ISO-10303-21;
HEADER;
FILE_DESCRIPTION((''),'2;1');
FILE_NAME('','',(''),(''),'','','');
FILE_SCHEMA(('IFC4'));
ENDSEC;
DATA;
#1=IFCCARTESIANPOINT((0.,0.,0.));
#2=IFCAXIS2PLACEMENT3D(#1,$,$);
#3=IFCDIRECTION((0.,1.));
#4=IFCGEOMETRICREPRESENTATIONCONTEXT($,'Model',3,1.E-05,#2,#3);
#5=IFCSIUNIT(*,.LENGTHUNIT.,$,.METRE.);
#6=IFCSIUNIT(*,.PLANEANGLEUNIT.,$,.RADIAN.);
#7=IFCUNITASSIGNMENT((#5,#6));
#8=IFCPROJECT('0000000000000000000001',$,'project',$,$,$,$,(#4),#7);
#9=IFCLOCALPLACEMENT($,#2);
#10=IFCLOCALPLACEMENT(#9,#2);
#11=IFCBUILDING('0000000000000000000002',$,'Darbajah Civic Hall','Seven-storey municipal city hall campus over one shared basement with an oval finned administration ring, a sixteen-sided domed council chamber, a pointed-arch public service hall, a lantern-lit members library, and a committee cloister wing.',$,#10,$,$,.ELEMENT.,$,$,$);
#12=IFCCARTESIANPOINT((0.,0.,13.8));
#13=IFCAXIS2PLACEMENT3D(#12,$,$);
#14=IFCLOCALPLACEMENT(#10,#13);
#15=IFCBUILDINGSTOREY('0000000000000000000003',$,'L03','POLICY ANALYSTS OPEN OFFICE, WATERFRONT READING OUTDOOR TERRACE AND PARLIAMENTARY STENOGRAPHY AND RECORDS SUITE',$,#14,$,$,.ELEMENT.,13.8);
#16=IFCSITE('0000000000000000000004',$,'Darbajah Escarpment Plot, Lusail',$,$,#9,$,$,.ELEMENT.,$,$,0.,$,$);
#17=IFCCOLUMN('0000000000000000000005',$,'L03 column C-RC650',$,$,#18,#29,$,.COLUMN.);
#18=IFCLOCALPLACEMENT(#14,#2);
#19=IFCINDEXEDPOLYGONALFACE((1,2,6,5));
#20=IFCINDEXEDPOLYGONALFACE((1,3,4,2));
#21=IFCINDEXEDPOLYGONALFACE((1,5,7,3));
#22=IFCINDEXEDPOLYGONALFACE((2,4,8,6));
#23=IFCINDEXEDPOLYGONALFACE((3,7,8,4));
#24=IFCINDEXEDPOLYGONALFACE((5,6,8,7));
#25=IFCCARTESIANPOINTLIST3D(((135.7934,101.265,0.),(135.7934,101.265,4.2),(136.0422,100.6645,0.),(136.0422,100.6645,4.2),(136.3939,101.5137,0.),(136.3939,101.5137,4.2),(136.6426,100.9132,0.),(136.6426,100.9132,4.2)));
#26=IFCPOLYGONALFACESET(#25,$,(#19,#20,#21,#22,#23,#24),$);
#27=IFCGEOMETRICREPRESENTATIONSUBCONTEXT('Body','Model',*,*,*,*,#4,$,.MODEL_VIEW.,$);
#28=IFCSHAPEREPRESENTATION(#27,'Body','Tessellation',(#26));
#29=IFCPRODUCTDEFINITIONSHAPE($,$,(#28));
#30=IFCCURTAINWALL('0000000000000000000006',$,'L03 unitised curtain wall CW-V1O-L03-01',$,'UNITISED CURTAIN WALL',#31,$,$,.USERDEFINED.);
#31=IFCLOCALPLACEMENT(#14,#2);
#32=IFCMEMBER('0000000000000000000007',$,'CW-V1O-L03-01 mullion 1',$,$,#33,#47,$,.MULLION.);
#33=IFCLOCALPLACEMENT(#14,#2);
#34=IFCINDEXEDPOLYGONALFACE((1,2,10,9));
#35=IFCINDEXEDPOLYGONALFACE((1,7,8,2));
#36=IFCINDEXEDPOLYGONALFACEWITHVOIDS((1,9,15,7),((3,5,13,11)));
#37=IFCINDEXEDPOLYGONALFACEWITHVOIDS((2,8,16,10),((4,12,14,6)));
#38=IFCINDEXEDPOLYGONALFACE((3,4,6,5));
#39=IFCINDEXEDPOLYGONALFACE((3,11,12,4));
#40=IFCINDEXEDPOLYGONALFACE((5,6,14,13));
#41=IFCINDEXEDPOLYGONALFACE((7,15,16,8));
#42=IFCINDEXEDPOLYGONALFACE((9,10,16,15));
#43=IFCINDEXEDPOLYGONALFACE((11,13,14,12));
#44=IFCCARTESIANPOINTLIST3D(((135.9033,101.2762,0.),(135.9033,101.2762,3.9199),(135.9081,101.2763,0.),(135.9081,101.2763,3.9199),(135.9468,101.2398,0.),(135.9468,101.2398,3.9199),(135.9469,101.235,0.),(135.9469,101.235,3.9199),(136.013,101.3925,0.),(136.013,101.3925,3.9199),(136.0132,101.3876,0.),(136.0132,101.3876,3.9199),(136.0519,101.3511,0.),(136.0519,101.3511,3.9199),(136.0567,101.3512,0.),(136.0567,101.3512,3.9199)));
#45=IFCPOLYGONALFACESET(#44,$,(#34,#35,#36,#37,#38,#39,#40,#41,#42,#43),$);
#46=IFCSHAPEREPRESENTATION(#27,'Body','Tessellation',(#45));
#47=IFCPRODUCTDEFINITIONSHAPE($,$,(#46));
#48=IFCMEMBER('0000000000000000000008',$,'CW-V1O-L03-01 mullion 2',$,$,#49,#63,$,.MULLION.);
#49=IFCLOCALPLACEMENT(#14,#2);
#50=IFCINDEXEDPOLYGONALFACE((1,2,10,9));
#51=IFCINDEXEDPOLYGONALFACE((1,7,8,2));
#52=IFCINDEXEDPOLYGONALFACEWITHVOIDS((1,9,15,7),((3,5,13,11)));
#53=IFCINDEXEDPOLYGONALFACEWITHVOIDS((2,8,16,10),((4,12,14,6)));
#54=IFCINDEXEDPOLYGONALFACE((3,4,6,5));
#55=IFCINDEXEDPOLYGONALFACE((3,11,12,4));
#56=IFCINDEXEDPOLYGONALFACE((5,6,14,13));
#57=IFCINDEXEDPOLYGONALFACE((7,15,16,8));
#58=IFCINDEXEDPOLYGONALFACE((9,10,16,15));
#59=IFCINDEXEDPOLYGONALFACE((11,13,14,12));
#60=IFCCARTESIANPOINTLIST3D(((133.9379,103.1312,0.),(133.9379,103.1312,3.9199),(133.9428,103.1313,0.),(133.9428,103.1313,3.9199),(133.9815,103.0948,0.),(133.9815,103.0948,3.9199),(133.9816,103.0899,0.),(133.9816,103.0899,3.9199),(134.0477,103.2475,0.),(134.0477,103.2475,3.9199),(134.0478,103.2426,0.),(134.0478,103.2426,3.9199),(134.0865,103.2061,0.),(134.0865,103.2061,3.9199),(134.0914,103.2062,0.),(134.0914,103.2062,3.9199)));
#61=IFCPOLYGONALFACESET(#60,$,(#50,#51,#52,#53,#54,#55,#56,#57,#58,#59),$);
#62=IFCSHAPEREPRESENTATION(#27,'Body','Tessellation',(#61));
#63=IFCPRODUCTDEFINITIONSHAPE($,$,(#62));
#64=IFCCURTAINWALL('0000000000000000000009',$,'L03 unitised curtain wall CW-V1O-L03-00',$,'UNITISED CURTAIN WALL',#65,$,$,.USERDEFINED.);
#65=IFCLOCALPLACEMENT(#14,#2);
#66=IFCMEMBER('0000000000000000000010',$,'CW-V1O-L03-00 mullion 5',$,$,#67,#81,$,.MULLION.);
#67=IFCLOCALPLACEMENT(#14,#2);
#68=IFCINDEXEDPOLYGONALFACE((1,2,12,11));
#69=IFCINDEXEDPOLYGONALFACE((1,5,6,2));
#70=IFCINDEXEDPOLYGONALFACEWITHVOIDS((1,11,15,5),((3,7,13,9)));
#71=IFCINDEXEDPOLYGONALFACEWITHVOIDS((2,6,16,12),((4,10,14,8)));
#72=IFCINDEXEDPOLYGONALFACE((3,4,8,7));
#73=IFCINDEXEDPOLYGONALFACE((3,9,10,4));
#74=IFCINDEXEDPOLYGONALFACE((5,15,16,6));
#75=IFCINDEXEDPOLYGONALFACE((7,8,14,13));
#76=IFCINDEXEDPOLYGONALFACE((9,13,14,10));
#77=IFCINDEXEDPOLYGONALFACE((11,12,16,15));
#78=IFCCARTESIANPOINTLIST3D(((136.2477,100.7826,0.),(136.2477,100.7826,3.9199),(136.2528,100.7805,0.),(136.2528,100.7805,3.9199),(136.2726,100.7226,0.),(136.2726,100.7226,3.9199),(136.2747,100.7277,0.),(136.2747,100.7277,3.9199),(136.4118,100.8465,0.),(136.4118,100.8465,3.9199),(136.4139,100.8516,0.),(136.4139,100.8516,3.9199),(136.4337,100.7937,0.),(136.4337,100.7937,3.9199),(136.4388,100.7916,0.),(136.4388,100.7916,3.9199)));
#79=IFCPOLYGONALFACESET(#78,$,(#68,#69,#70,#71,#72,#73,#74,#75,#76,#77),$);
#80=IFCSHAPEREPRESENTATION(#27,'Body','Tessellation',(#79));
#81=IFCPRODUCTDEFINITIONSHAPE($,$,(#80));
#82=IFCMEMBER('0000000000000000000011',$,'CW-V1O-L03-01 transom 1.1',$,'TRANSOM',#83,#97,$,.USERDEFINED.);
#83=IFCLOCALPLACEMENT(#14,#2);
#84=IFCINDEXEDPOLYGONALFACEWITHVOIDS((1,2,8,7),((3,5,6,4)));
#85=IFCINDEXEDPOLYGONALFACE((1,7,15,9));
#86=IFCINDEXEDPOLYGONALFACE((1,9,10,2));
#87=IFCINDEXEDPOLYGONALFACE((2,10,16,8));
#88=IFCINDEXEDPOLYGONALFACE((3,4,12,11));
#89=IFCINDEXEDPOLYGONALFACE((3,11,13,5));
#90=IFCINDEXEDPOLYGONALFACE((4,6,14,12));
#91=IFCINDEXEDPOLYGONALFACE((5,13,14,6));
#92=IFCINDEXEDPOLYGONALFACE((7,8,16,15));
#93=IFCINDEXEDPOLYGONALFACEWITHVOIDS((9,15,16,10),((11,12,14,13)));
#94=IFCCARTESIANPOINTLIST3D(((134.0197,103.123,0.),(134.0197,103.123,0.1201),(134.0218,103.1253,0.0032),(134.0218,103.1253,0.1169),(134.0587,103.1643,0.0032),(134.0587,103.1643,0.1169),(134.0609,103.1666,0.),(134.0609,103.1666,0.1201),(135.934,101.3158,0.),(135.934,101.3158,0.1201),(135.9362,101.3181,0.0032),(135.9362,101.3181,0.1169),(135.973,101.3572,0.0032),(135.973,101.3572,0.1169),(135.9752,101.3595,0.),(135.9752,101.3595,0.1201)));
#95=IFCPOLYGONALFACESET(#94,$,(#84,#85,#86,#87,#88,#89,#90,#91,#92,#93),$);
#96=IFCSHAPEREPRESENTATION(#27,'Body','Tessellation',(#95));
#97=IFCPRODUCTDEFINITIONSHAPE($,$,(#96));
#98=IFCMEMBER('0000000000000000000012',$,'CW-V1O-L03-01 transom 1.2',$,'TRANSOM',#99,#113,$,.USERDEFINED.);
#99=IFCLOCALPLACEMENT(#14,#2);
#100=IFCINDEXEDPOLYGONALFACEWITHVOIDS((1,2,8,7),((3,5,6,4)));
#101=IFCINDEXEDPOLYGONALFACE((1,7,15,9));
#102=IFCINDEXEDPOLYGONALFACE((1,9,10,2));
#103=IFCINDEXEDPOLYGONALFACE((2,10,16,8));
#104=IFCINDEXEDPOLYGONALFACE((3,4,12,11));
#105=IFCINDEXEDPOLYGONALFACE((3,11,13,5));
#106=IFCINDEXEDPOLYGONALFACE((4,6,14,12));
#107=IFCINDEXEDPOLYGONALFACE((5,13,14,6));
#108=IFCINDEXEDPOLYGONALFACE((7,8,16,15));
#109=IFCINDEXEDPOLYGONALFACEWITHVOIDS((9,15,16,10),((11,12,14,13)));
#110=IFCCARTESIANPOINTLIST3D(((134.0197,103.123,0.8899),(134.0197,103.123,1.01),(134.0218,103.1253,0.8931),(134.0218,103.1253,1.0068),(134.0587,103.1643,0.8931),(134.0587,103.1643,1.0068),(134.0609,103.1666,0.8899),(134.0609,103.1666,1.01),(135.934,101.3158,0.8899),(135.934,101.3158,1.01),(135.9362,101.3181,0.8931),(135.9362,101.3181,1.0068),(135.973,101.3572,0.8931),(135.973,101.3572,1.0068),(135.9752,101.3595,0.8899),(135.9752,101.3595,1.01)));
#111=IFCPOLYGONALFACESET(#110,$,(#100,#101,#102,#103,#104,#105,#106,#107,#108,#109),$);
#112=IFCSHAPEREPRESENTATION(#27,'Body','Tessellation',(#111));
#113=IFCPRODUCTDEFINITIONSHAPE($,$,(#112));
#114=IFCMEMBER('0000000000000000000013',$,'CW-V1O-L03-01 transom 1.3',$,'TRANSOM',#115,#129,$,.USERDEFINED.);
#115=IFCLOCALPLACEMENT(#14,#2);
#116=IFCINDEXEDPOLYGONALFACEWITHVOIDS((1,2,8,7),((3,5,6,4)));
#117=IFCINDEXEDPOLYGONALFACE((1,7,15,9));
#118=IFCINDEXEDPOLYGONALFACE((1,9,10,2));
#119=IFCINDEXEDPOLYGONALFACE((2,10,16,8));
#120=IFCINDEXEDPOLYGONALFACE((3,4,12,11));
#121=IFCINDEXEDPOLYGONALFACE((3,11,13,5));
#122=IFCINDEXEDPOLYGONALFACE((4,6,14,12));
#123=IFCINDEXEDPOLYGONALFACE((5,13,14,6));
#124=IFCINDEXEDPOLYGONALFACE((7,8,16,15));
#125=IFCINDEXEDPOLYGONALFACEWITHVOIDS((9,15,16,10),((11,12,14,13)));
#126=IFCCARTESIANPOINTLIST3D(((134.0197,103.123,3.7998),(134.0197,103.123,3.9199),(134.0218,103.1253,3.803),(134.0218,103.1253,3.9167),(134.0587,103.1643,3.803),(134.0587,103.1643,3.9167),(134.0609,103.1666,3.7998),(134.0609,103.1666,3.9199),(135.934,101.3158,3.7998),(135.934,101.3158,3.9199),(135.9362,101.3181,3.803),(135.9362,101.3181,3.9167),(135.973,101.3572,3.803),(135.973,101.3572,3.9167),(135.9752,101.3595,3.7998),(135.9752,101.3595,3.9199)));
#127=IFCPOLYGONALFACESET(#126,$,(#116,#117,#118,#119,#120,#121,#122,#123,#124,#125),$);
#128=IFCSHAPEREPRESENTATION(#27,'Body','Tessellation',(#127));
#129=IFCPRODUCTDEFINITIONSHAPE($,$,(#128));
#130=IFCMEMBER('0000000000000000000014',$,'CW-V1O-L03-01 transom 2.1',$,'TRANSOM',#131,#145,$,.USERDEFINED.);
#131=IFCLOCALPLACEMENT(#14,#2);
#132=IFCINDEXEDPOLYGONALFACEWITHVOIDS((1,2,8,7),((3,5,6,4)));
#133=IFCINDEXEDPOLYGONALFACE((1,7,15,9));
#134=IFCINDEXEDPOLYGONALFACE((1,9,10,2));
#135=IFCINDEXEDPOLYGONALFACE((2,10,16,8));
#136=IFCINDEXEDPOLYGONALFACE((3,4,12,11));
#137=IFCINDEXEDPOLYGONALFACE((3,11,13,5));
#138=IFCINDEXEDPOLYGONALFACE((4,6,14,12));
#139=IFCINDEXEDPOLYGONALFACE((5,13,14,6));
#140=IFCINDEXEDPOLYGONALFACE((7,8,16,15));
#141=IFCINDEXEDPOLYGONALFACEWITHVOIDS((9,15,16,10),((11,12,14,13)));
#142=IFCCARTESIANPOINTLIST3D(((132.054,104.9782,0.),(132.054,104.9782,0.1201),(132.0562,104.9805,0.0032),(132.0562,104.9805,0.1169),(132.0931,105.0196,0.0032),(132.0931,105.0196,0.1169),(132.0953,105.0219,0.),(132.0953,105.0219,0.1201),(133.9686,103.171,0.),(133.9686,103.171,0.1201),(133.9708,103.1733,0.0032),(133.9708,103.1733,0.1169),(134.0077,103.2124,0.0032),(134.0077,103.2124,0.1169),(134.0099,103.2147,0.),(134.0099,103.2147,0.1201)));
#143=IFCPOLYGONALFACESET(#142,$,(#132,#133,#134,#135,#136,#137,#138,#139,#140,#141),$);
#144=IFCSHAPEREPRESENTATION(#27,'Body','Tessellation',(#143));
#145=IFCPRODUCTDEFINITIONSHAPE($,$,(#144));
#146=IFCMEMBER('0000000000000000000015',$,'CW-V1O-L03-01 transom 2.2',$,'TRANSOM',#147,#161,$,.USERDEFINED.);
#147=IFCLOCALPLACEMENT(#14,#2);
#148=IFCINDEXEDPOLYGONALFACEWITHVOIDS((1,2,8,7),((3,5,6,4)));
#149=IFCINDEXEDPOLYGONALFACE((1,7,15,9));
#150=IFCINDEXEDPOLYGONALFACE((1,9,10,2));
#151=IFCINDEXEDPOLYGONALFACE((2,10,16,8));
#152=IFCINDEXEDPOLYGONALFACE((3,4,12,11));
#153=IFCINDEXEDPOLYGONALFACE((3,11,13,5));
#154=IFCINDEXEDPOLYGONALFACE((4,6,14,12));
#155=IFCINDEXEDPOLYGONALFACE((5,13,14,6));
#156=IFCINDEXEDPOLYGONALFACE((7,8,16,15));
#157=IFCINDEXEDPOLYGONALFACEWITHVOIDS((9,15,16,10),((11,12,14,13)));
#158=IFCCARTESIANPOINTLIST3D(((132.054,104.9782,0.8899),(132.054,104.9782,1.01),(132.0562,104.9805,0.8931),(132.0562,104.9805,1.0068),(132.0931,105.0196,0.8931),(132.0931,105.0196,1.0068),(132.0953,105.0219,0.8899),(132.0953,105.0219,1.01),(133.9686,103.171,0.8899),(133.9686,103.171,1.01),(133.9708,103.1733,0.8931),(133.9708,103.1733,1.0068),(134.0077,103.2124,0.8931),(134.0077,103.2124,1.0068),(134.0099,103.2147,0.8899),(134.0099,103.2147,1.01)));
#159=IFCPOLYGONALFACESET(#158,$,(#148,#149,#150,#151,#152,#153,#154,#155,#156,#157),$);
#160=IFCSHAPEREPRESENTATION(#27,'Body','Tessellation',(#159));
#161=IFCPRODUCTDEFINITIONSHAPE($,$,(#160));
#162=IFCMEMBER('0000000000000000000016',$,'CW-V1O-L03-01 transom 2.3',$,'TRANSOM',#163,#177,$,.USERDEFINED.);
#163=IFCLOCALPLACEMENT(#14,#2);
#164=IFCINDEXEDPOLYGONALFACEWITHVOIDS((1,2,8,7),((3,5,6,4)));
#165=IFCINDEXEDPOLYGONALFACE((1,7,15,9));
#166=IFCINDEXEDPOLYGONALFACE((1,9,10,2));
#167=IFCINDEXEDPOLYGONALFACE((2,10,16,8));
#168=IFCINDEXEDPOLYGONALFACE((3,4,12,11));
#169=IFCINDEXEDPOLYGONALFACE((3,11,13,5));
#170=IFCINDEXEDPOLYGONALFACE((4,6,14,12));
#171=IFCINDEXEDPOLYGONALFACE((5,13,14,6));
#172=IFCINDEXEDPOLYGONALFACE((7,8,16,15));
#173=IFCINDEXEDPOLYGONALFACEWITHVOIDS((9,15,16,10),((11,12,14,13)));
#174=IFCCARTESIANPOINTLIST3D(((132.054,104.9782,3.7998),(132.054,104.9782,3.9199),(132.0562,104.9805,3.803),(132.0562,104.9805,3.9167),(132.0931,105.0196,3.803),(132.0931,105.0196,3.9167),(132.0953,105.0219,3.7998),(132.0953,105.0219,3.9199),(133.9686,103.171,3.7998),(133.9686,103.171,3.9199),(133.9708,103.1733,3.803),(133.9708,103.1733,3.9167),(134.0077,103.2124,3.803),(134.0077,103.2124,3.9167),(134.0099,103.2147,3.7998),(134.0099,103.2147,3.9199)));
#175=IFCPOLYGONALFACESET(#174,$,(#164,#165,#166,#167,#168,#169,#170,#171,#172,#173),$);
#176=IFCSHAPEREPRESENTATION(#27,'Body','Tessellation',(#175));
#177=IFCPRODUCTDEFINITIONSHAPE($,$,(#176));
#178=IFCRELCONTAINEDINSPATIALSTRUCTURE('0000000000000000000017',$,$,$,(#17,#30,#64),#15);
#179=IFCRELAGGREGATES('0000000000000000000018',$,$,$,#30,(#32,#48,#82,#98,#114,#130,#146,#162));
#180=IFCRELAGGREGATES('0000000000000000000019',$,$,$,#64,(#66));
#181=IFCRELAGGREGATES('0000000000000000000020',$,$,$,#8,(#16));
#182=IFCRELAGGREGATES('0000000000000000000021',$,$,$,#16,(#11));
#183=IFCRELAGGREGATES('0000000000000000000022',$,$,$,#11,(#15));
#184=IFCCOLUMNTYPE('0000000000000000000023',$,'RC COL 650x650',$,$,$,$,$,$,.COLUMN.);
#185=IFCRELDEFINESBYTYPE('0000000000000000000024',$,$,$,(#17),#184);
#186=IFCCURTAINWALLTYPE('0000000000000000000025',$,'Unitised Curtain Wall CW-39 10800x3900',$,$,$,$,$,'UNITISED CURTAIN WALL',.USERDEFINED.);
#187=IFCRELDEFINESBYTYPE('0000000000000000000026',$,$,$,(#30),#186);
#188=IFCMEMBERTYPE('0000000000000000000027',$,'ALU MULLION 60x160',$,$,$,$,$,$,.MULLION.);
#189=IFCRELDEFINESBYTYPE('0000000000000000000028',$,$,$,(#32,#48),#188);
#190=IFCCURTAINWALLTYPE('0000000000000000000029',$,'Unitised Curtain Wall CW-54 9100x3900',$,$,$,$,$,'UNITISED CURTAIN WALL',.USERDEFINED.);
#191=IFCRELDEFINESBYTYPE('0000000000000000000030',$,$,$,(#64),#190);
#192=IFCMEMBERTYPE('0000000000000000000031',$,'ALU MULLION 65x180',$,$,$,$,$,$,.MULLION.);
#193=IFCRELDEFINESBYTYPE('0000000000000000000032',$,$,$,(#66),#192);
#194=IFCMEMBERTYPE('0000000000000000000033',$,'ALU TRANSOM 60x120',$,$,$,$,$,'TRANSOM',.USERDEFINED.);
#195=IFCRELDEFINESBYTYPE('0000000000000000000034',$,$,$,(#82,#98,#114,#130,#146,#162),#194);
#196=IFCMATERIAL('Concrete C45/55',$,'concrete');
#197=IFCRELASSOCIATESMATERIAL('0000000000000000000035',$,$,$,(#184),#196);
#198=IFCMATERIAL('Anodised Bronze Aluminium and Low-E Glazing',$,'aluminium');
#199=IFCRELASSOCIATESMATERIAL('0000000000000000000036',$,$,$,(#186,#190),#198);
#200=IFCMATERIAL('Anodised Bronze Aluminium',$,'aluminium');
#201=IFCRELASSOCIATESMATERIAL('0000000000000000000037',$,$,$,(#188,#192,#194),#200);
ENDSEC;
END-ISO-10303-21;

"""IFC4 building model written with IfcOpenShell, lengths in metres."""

from ifc_helpers import new_model, si_unit, direction, frame, origin, origin_2d, place, context, subcontext, project, spatial, rectangle, hollow_rectangle, extrude, material, material_profile, profile_set, type_object, element, aggregate, save


model = new_model("IFC4")

# Units and contexts
model_context = context("Model", 3, precision=1e-05, world=origin(), true_north=direction((0.0, 1.0)))
body_context = subcontext(model_context, "Body", "Model", "MODEL_VIEW")
ifc_project = project(units=[si_unit("LENGTHUNIT", "METRE"), si_unit("PLANEANGLEUNIT", "RADIAN")], contexts=[model_context])

# Site, building, storey
site_placement = place(None, origin())
site = spatial("IfcSite", under=ifc_project, at=site_placement, Name="Darbajah Escarpment Plot, Lusail", CompositionType="ELEMENT", RefElevation=0.0)
building_placement = place(site_placement, origin())
building = spatial("IfcBuilding", under=site, at=building_placement, Name="Darbajah Civic Hall", Description="Seven-storey municipal city hall campus over one shared basement with an oval finned administration ring, a sixteen-sided domed council chamber, a pointed-arch public service hall, a lantern-lit members library, and a committee cloister wing.", CompositionType="ELEMENT")
storey_placement = place(building_placement, frame((0.0, 0.0, 13.8)))
storey = spatial("IfcBuildingStorey", under=building, at=storey_placement, Name="L03", Description="POLICY ANALYSTS OPEN OFFICE, WATERFRONT READING OUTDOOR TERRACE AND PARLIAMENTARY STENOGRAPHY AND RECORDS SUITE", CompositionType="ELEMENT", Elevation=13.8)

# Column
ifc_material_1 = material(Name="Concrete C45/55", Category="concrete")
ifc_material_profile_1 = material_profile(ifc_material_1, rectangle(XDim=0.6499, YDim=0.6499, at=origin_2d()), Name="RC COL 650x650")
ifc_profile_set_1 = profile_set([ifc_material_profile_1], Name="Concrete C45/55")
column_type = type_object("IfcColumnType", Name="RC COL 650x650", PredefinedType="COLUMN", material=ifc_profile_set_1)
column_placement = place(storey_placement, frame((136.218, 101.0891, 0.0), z_axis=(0.0, 0.0, 1.0), x_axis=(0.92388, 0.382683, 0.0)))
element("IfcColumn", 1, at=column_placement, inside=storey, type_object=column_type, Name="L03 column C-RC650", PredefinedType="COLUMN", context=body_context, shape_type="SweptSolid", body=[
    extrude(rectangle(XDim=0.6499, YDim=0.6499, at=origin_2d()), origin(), (0.0, 0.0, 1.0), 4.2),
])

# Curtain wall, members
ifc_material_2 = material(Name="Anodised Bronze Aluminium and Low-E Glazing", Category="aluminium")
curtain_wall_type_1 = type_object("IfcCurtainWallType", Name="Unitised Curtain Wall CW-39 10800x3900", ElementType="UNITISED CURTAIN WALL", PredefinedType="USERDEFINED", material=ifc_material_2)
curtain_wall_1_placement = place(storey_placement, origin())
curtain_wall_1 = element("IfcCurtainWall", 2, at=curtain_wall_1_placement, inside=storey, type_object=curtain_wall_type_1, Name="L03 unitised curtain wall CW-V1O-L03-01", ObjectType="UNITISED CURTAIN WALL", PredefinedType="USERDEFINED")
ifc_material_3 = material(Name="Anodised Bronze Aluminium", Category="aluminium")
ifc_material_profile_2 = material_profile(ifc_material_3, hollow_rectangle(XDim=0.0601, YDim=0.1599, WallThickness=0.0034, at=origin_2d()), Name="ALU MULLION 60x160")
ifc_profile_set_2 = profile_set([ifc_material_profile_2], Name="Anodised Bronze Aluminium")
member_type_1 = type_object("IfcMemberType", Name="ALU MULLION 60x160", PredefinedType="MULLION", material=ifc_profile_set_2)
member_1_placement = place(storey_placement, frame((135.98, 101.3137, 0.0), z_axis=(0.0, 0.0, 1.0), x_axis=(-0.727174, 0.686453, 0.0)))
member_1 = element("IfcMember", 3, at=member_1_placement, type_object=member_type_1, Name="CW-V1O-L03-01 mullion 1", PredefinedType="MULLION", context=body_context, shape_type="SweptSolid", body=[
    extrude(hollow_rectangle(XDim=0.0601, YDim=0.1599, WallThickness=0.0034, at=origin_2d()), origin(), (0.0, 0.0, 1.0), 3.9199),
])
member_2_placement = place(storey_placement, frame((134.0146, 103.1687, 0.0), z_axis=(0.0, 0.0, 1.0), x_axis=(-0.727174, 0.686453, 0.0)))
member_2 = element("IfcMember", 4, at=member_2_placement, type_object=member_type_1, Name="CW-V1O-L03-01 mullion 2", PredefinedType="MULLION", context=body_context, shape_type="SweptSolid", body=[
    extrude(hollow_rectangle(XDim=0.0601, YDim=0.1599, WallThickness=0.0034, at=origin_2d()), origin(), (0.0, 0.0, 1.0), 3.9199),
])

# Curtain wall, member
curtain_wall_type_2 = type_object("IfcCurtainWallType", Name="Unitised Curtain Wall CW-54 9100x3900", ElementType="UNITISED CURTAIN WALL", PredefinedType="USERDEFINED", material=ifc_material_2)
curtain_wall_2_placement = place(storey_placement, origin())
curtain_wall_2 = element("IfcCurtainWall", 5, at=curtain_wall_2_placement, inside=storey, type_object=curtain_wall_type_2, Name="L03 unitised curtain wall CW-V1O-L03-00", ObjectType="UNITISED CURTAIN WALL", PredefinedType="USERDEFINED")
ifc_material_profile_3 = material_profile(ifc_material_3, hollow_rectangle(XDim=0.0649, YDim=0.1799, WallThickness=0.0039, at=origin_2d()), Name="ALU MULLION 65x180")
ifc_profile_set_3 = profile_set([ifc_material_profile_3], Name="Anodised Bronze Aluminium")
member_type_2 = type_object("IfcMemberType", Name="ALU MULLION 65x180", PredefinedType="MULLION", material=ifc_profile_set_3)
member_3_placement = place(storey_placement, frame((136.3433, 100.7871, 0.0), z_axis=(0.0, 0.0, 1.0), x_axis=(-0.383328, 0.923612, 0.0)))
member_3 = element("IfcMember", 6, at=member_3_placement, type_object=member_type_2, Name="CW-V1O-L03-00 mullion 5", PredefinedType="MULLION", context=body_context, shape_type="SweptSolid", body=[
    extrude(hollow_rectangle(XDim=0.0649, YDim=0.1799, WallThickness=0.0039, at=origin_2d()), origin(), (0.0, 0.0, 1.0), 3.9199),
])

# Members
ifc_material_profile_4 = material_profile(ifc_material_3, hollow_rectangle(XDim=0.0601, YDim=0.1201, WallThickness=0.0032, at=origin_2d()), Name="ALU TRANSOM 60x120")
ifc_profile_set_4 = profile_set([ifc_material_profile_4], Name="Anodised Bronze Aluminium")
member_type_3 = type_object("IfcMemberType", Name="ALU TRANSOM 60x120", ElementType="TRANSOM", PredefinedType="USERDEFINED", material=ifc_profile_set_4)
member_4_placement = place(storey_placement, frame((135.9546, 101.3376, 0.0601), z_axis=(-0.72717, 0.686457, 0.0), x_axis=(-0.686457, -0.72717, 0.0)))
member_4 = element("IfcMember", 7, at=member_4_placement, type_object=member_type_3, Name="CW-V1O-L03-01 transom 1.1", ObjectType="TRANSOM", PredefinedType="USERDEFINED", context=body_context, shape_type="SweptSolid", body=[
    extrude(hollow_rectangle(XDim=0.0601, YDim=0.1201, WallThickness=0.0032, at=origin_2d()), origin(), (0.0, 0.0, 1.0), 2.6326),
])
member_5_placement = place(storey_placement, frame((135.9546, 101.3376, 0.95), z_axis=(-0.72717, 0.686457, 0.0), x_axis=(-0.686457, -0.72717, 0.0)))
member_5 = element("IfcMember", 8, at=member_5_placement, type_object=member_type_3, Name="CW-V1O-L03-01 transom 1.2", ObjectType="TRANSOM", PredefinedType="USERDEFINED", context=body_context, shape_type="SweptSolid", body=[
    extrude(hollow_rectangle(XDim=0.0601, YDim=0.1201, WallThickness=0.0032, at=origin_2d()), origin(), (0.0, 0.0, 1.0), 2.6326),
])
member_6_placement = place(storey_placement, frame((135.9546, 101.3376, 3.8599), z_axis=(-0.72717, 0.686457, 0.0), x_axis=(-0.686457, -0.72717, 0.0)))
member_6 = element("IfcMember", 9, at=member_6_placement, type_object=member_type_3, Name="CW-V1O-L03-01 transom 1.3", ObjectType="TRANSOM", PredefinedType="USERDEFINED", context=body_context, shape_type="SweptSolid", body=[
    extrude(hollow_rectangle(XDim=0.0601, YDim=0.1201, WallThickness=0.0032, at=origin_2d()), origin(), (0.0, 0.0, 1.0), 2.6326),
])
member_7_placement = place(storey_placement, frame((133.9893, 103.1929, 0.0601), z_axis=(-0.727214, 0.686411, 0.0), x_axis=(-0.686411, -0.727214, 0.0)))
member_7 = element("IfcMember", 10, at=member_7_placement, type_object=member_type_3, Name="CW-V1O-L03-01 transom 2.1", ObjectType="TRANSOM", PredefinedType="USERDEFINED", context=body_context, shape_type="SweptSolid", body=[
    extrude(hollow_rectangle(XDim=0.0601, YDim=0.1201, WallThickness=0.0032, at=origin_2d()), origin(), (0.0, 0.0, 1.0), 2.6328),
])
member_8_placement = place(storey_placement, frame((133.9893, 103.1929, 0.95), z_axis=(-0.727214, 0.686411, 0.0), x_axis=(-0.686411, -0.727214, 0.0)))
member_8 = element("IfcMember", 11, at=member_8_placement, type_object=member_type_3, Name="CW-V1O-L03-01 transom 2.2", ObjectType="TRANSOM", PredefinedType="USERDEFINED", context=body_context, shape_type="SweptSolid", body=[
    extrude(hollow_rectangle(XDim=0.0601, YDim=0.1201, WallThickness=0.0032, at=origin_2d()), origin(), (0.0, 0.0, 1.0), 2.6328),
])
member_9_placement = place(storey_placement, frame((133.9893, 103.1929, 3.8599), z_axis=(-0.727214, 0.686411, 0.0), x_axis=(-0.686411, -0.727214, 0.0)))
member_9 = element("IfcMember", 12, at=member_9_placement, type_object=member_type_3, Name="CW-V1O-L03-01 transom 2.3", ObjectType="TRANSOM", PredefinedType="USERDEFINED", context=body_context, shape_type="SweptSolid", body=[
    extrude(hollow_rectangle(XDim=0.0601, YDim=0.1201, WallThickness=0.0032, at=origin_2d()), origin(), (0.0, 0.0, 1.0), 2.6328),
])

aggregate(curtain_wall_1, [member_1, member_2, member_4, member_5, member_6, member_7, member_8, member_9])
aggregate(curtain_wall_2, [member_3])

save(model, "model.ifc")
